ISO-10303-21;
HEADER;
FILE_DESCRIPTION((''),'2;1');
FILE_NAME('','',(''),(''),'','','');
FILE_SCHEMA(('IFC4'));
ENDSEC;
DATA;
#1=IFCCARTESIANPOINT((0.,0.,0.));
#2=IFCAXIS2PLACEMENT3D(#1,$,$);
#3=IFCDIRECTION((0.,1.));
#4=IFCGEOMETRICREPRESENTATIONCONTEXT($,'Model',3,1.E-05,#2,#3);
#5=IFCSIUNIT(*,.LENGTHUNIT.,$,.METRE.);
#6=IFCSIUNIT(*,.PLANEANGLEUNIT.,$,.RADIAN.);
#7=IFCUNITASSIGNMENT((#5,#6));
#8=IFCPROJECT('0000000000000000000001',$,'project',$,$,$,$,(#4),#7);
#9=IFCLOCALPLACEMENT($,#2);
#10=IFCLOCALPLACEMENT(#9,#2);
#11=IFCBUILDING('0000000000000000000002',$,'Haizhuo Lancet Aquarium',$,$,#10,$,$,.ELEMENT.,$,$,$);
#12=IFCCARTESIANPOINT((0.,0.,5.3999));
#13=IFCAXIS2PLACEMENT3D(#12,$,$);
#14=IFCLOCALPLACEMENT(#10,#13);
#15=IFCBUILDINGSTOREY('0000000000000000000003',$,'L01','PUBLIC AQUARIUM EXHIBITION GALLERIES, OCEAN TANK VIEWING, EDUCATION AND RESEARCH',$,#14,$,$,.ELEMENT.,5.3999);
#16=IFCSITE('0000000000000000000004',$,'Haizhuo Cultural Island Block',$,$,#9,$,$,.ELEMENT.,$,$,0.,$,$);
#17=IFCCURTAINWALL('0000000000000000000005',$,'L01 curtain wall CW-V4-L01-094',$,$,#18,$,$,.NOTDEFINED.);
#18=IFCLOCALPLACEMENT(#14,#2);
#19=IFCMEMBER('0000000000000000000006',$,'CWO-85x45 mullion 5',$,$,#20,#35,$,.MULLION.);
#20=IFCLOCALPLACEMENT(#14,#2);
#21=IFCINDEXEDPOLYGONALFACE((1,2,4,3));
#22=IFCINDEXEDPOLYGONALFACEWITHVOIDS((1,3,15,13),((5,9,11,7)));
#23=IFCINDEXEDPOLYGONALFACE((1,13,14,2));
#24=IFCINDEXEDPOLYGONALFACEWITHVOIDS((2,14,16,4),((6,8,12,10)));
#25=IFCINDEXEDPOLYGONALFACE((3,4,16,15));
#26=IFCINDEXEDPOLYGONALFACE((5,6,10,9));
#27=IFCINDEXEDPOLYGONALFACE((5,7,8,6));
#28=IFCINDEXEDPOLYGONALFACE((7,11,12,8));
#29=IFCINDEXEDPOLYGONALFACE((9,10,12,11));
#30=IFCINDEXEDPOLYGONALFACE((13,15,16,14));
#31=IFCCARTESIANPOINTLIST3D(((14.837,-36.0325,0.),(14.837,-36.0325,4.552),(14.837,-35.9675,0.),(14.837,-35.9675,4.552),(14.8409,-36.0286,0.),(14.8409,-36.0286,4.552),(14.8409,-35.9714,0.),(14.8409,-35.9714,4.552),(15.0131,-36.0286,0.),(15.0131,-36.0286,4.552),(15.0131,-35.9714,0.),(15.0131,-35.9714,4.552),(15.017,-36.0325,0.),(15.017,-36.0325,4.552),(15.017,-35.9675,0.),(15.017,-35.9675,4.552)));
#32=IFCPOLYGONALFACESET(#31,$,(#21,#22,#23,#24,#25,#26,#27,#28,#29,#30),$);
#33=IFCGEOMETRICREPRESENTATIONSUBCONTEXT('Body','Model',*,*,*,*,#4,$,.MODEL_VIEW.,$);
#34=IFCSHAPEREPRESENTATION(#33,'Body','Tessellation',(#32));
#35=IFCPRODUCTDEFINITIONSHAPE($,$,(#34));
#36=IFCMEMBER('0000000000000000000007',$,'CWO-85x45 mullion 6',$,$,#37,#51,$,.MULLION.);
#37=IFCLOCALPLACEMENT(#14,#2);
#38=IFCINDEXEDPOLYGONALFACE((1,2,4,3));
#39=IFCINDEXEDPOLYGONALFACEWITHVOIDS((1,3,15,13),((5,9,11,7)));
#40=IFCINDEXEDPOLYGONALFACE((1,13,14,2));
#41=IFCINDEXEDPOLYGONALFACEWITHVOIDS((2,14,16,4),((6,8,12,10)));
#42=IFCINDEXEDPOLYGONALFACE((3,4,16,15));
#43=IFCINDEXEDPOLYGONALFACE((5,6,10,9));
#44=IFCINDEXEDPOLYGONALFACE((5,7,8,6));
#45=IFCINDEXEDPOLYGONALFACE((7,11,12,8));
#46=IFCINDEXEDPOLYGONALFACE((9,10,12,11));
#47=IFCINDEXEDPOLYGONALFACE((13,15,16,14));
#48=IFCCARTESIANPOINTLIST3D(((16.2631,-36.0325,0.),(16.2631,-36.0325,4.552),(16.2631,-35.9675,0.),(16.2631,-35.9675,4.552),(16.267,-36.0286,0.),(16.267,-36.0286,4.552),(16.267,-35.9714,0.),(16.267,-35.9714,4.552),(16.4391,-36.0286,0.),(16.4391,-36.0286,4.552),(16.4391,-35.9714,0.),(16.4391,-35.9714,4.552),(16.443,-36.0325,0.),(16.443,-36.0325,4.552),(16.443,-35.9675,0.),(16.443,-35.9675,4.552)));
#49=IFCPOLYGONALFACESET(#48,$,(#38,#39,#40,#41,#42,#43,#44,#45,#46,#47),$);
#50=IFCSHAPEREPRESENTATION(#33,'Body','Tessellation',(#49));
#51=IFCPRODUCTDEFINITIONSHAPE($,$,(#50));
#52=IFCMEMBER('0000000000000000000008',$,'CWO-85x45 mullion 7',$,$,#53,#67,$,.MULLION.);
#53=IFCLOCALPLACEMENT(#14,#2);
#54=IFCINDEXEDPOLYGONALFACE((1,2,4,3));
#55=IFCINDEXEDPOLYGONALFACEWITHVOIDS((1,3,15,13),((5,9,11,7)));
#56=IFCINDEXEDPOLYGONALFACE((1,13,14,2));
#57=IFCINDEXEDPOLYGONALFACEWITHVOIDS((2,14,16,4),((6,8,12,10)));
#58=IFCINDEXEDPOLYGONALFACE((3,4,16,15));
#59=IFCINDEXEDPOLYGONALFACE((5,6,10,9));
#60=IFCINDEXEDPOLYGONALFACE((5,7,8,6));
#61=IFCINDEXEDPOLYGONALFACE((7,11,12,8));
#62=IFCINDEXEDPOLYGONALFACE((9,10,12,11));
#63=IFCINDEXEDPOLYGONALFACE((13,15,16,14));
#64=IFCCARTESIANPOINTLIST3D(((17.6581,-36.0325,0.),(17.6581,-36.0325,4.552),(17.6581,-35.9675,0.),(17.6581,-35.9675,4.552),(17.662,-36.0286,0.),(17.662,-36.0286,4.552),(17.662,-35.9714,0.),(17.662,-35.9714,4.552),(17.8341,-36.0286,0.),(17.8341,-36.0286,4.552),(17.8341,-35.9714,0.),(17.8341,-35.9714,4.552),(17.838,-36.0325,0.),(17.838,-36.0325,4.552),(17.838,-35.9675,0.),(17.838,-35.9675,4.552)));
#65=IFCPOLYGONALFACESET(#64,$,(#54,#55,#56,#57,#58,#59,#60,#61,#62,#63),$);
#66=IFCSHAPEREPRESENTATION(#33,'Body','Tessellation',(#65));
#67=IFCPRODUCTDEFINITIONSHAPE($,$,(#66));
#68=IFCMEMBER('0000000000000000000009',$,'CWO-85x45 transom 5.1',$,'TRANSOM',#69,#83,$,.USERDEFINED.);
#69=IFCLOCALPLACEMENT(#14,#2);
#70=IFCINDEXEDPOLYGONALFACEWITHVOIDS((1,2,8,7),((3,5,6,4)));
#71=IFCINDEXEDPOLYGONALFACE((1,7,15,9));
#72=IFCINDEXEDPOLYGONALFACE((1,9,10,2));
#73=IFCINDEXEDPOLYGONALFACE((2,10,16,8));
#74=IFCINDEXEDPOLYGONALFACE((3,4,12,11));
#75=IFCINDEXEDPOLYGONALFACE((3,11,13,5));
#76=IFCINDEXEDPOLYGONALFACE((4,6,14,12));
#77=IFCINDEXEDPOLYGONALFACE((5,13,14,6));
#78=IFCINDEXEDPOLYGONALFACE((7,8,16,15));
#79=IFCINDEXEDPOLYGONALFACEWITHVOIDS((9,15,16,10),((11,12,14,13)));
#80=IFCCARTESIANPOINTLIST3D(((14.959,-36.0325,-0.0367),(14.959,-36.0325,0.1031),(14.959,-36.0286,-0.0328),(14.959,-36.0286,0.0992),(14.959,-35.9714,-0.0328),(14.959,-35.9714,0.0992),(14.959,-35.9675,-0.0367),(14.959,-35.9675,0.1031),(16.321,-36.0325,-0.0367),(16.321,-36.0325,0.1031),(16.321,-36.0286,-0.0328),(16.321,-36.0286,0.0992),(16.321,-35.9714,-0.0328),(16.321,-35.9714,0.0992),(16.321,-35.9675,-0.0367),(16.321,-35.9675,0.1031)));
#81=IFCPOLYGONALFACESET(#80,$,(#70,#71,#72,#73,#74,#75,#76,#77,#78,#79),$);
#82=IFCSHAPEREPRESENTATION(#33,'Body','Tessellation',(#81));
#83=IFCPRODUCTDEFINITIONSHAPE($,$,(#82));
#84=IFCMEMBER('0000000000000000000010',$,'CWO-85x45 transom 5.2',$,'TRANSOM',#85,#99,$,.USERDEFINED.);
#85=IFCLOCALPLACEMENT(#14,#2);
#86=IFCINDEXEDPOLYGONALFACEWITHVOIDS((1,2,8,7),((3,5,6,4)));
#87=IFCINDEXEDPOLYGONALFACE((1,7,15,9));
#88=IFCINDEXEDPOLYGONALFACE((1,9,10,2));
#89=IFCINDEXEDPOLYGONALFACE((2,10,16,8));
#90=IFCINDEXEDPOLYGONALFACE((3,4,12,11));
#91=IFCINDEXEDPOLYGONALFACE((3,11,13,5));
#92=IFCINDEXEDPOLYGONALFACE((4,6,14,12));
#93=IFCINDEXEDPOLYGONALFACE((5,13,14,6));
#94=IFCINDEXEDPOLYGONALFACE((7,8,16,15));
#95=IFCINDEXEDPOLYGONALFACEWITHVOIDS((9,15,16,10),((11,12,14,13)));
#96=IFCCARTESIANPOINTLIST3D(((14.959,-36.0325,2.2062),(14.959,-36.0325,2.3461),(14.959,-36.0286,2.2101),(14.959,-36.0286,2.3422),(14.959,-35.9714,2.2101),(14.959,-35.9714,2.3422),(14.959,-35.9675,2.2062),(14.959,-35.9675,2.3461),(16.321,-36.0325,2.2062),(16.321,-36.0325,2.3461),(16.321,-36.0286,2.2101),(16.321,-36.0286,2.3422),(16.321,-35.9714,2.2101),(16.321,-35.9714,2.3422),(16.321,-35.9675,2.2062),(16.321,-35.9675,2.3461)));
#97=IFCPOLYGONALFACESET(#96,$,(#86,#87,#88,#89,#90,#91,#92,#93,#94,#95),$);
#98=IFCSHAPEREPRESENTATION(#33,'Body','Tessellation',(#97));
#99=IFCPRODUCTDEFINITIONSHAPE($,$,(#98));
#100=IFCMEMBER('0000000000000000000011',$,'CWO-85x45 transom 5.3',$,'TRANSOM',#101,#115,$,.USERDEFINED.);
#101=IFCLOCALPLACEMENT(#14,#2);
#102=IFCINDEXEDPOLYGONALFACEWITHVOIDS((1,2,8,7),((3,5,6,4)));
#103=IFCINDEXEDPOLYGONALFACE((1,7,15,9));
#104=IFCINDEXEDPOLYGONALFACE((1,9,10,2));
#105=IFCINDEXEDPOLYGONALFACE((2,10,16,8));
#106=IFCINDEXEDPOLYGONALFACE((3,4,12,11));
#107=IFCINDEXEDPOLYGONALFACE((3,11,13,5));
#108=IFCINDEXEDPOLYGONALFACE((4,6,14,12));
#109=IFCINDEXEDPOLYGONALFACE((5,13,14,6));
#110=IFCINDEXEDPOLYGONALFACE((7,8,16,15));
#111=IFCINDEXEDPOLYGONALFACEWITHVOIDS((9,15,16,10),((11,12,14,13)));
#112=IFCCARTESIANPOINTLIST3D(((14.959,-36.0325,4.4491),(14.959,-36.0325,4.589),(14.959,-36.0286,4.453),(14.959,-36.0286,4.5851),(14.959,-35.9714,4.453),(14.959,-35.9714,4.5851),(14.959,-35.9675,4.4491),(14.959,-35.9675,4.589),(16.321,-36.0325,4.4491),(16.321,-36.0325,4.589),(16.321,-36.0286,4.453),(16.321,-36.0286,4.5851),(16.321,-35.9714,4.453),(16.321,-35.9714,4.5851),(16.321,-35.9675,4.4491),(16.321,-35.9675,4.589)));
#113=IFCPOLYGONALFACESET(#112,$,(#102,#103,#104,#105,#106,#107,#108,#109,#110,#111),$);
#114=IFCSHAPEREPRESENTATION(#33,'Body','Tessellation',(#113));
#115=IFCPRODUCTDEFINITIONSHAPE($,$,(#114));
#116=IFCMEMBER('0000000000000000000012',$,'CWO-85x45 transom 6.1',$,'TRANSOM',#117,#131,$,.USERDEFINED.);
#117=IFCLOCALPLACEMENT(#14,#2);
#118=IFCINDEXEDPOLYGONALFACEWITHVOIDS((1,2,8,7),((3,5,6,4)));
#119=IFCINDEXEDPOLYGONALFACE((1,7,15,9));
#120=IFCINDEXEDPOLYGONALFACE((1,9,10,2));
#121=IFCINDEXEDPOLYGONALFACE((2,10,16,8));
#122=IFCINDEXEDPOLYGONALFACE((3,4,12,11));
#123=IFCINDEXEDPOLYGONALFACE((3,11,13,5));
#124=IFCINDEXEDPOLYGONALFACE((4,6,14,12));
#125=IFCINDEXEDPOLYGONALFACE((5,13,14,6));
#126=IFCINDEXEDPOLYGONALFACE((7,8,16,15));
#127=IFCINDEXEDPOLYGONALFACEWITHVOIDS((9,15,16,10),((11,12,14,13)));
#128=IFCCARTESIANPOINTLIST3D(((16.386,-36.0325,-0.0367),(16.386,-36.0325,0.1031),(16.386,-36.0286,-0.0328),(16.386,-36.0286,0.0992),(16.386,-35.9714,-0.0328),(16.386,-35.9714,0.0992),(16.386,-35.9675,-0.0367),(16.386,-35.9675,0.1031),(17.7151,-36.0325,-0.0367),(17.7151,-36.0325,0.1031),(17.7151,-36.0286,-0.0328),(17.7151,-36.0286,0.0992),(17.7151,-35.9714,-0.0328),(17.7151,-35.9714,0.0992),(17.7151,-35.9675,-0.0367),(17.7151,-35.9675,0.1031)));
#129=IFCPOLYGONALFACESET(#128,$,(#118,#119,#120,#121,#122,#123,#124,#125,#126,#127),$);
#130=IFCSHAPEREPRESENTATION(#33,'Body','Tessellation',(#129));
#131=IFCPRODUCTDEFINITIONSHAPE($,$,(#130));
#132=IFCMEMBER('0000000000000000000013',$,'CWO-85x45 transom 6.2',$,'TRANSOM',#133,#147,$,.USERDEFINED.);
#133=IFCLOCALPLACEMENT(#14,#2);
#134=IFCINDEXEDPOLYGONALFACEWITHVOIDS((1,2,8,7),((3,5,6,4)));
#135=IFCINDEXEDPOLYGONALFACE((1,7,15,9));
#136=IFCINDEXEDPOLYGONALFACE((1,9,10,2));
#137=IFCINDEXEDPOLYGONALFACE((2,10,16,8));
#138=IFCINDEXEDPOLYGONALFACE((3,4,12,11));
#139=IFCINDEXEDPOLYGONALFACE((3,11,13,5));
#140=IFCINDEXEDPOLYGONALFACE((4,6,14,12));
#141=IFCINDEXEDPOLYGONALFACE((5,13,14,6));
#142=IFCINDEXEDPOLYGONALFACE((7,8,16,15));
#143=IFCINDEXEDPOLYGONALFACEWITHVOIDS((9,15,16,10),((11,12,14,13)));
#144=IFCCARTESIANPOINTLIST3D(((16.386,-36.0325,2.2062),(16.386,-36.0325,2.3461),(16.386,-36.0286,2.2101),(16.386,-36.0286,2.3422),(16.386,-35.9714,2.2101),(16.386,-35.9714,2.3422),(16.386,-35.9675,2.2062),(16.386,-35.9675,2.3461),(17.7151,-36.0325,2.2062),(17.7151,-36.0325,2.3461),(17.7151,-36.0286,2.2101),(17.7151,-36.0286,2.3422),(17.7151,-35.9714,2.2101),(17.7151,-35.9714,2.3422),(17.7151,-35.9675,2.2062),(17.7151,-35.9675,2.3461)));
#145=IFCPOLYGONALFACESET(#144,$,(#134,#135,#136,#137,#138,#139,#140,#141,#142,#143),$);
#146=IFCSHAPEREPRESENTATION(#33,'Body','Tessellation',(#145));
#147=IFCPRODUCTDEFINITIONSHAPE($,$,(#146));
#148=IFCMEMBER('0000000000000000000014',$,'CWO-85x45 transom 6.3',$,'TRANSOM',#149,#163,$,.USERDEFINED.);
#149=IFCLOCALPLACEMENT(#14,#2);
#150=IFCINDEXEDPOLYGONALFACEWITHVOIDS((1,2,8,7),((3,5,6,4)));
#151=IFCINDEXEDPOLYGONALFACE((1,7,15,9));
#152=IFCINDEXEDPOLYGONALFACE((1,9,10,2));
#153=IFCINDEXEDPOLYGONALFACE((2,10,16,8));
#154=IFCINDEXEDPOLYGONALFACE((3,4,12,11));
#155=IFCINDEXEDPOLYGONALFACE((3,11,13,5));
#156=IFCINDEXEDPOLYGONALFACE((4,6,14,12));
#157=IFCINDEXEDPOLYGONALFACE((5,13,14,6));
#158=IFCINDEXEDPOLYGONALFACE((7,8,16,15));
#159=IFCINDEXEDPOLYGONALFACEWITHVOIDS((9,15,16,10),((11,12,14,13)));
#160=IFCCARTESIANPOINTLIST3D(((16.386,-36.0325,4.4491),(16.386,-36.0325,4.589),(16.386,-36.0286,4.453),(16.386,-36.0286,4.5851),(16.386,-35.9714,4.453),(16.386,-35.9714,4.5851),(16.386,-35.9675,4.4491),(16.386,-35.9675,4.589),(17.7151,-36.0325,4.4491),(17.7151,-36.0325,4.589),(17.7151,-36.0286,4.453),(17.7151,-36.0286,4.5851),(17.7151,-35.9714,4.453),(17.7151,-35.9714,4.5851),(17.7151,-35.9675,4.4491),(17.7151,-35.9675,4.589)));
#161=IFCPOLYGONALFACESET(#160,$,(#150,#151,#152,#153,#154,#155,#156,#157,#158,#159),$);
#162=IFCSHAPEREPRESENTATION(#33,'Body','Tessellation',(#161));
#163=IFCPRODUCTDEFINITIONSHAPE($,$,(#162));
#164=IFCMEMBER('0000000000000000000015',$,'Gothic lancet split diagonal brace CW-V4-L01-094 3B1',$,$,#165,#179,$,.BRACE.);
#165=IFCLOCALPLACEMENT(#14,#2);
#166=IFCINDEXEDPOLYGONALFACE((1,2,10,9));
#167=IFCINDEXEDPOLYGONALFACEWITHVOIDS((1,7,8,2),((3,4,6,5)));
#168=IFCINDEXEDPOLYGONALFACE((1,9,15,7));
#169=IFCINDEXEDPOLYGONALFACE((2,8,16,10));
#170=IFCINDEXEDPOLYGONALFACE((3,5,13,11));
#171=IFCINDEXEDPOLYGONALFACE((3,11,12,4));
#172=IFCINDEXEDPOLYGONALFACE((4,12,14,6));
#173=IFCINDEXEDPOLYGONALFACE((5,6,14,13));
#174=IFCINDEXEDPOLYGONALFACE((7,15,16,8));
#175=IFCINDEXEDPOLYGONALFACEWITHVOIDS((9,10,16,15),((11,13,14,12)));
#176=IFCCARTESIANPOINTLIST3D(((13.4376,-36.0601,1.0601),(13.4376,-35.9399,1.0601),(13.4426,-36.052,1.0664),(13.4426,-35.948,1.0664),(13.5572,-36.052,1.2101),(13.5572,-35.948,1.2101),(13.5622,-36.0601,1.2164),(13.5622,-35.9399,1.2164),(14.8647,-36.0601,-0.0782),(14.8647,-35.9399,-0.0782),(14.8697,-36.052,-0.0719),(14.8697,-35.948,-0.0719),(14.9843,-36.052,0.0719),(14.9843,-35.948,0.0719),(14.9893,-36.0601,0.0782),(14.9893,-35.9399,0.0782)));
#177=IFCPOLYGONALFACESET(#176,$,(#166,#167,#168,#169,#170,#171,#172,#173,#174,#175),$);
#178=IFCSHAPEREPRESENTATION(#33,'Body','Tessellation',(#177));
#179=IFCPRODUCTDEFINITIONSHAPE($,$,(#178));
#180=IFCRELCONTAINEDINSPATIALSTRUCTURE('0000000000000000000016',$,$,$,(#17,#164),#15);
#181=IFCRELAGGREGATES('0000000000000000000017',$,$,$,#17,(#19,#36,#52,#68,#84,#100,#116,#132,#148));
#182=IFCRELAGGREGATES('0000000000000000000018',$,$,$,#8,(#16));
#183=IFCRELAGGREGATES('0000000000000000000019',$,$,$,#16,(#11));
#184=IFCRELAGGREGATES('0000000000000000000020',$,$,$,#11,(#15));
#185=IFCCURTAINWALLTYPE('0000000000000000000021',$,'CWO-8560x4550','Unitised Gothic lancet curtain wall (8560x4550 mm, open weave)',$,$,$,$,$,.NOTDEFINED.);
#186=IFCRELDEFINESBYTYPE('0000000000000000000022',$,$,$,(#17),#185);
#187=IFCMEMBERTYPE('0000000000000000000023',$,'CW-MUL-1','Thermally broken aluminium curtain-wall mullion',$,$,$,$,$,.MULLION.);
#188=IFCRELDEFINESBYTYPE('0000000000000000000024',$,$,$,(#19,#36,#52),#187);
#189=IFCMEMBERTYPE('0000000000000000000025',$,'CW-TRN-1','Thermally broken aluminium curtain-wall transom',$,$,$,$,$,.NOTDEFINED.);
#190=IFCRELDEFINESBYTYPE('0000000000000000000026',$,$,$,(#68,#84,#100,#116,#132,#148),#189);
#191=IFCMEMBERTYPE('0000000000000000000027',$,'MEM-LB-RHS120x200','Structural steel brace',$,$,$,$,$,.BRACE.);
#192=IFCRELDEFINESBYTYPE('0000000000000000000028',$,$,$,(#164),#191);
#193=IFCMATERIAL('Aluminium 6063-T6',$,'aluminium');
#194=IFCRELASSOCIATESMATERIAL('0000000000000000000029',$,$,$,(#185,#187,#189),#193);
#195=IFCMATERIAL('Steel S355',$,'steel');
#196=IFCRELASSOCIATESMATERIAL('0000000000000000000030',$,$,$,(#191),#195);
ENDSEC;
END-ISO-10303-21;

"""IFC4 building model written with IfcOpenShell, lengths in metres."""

from ifc_helpers import new_model, si_unit, direction, frame, origin, origin_2d, place, context, subcontext, project, spatial, hollow_rectangle, extrude, material, material_profile, profile_set, type_object, element, aggregate, save


model = new_model("IFC4")

# Units and contexts
model_context = context("Model", 3, precision=1e-05, world=origin(), true_north=direction((0.0, 1.0)))
body_context = subcontext(model_context, "Body", "Model", "MODEL_VIEW")
ifc_project = project(units=[si_unit("LENGTHUNIT", "METRE"), si_unit("PLANEANGLEUNIT", "RADIAN")], contexts=[model_context])

# Site, building, storey
site_placement = place(None, origin())
site = spatial("IfcSite", under=ifc_project, at=site_placement, Name="Haizhuo Cultural Island Block", CompositionType="ELEMENT", RefElevation=0.0)
building_placement = place(site_placement, origin())
building = spatial("IfcBuilding", under=site, at=building_placement, Name="Haizhuo Lancet Aquarium", CompositionType="ELEMENT")
storey_placement = place(building_placement, frame((0.0, 0.0, 5.3999)))
storey = spatial("IfcBuildingStorey", under=building, at=storey_placement, Name="L01", Description="PUBLIC AQUARIUM EXHIBITION GALLERIES, OCEAN TANK VIEWING, EDUCATION AND RESEARCH", CompositionType="ELEMENT", Elevation=5.3999)

# Curtain wall, members
ifc_material_1 = material(Name="Aluminium 6063-T6", Category="aluminium")
curtain_wall_type = type_object("IfcCurtainWallType", Name="CWO-8560x4550", Description="Unitised Gothic lancet curtain wall (8560x4550 mm, open weave)", PredefinedType="NOTDEFINED", material=ifc_material_1)
curtain_wall_placement = place(storey_placement, origin())
curtain_wall = element("IfcCurtainWall", 1, at=curtain_wall_placement, inside=storey, type_object=curtain_wall_type, Name="L01 curtain wall CW-V4-L01-094", PredefinedType="NOTDEFINED")
ifc_material_profile_1 = material_profile(ifc_material_1, hollow_rectangle(XDim=0.0649, YDim=0.1799, WallThickness=0.0039, at=origin_2d()), Name="ALU-M 65x180x4")
ifc_profile_set_1 = profile_set([ifc_material_profile_1], Name="Aluminium 6063-T6")
member_type_1 = type_object("IfcMemberType", Name="CW-MUL-1", Description="Thermally broken aluminium curtain-wall mullion", PredefinedType="MULLION", material=ifc_profile_set_1)
member_1_placement = place(storey_placement, frame((14.927, -36.0, 0.0), z_axis=(0.0, 0.0, 1.0), x_axis=(0.0, 1.0, 0.0)))
member_1 = element("IfcMember", 2, at=member_1_placement, type_object=member_type_1, Name="CWO-85x45 mullion 5", PredefinedType="MULLION", context=body_context, shape_type="SweptSolid", body=[
    extrude(hollow_rectangle(XDim=0.0649, YDim=0.1799, WallThickness=0.0039, at=origin_2d()), origin(), (0.0, 0.0, 1.0), 4.552),
])
member_2_placement = place(storey_placement, frame((16.353, -36.0, 0.0), z_axis=(0.0, 0.0, 1.0), x_axis=(0.0, 1.0, 0.0)))
member_2 = element("IfcMember", 3, at=member_2_placement, type_object=member_type_1, Name="CWO-85x45 mullion 6", PredefinedType="MULLION", context=body_context, shape_type="SweptSolid", body=[
    extrude(hollow_rectangle(XDim=0.0649, YDim=0.1799, WallThickness=0.0039, at=origin_2d()), origin(), (0.0, 0.0, 1.0), 4.552),
])
member_3_placement = place(storey_placement, frame((17.748, -36.0, 0.0), z_axis=(0.0, 0.0, 1.0), x_axis=(0.0, 1.0, 0.0)))
member_3 = element("IfcMember", 4, at=member_3_placement, type_object=member_type_1, Name="CWO-85x45 mullion 7", PredefinedType="MULLION", context=body_context, shape_type="SweptSolid", body=[
    extrude(hollow_rectangle(XDim=0.0649, YDim=0.1799, WallThickness=0.0039, at=origin_2d()), origin(), (0.0, 0.0, 1.0), 4.552),
])
ifc_material_profile_2 = material_profile(ifc_material_1, hollow_rectangle(XDim=0.0649, YDim=0.1399, WallThickness=0.0039, at=origin_2d()), Name="ALU-T 65x140x4")
ifc_profile_set_2 = profile_set([ifc_material_profile_2], Name="Aluminium 6063-T6")
member_type_2 = type_object("IfcMemberType", Name="CW-TRN-1", Description="Thermally broken aluminium curtain-wall transom", PredefinedType="NOTDEFINED", material=ifc_profile_set_2)
member_4_placement = place(storey_placement, frame((14.959, -36.0, 0.0332), z_axis=(1.0, 0.0, 0.0), x_axis=(0.0, 1.0, 0.0)))
member_4 = element("IfcMember", 5, at=member_4_placement, type_object=member_type_2, Name="CWO-85x45 transom 5.1", ObjectType="TRANSOM", PredefinedType="USERDEFINED", context=body_context, shape_type="SweptSolid", body=[
    extrude(hollow_rectangle(XDim=0.0649, YDim=0.1399, WallThickness=0.0039, at=origin_2d()), origin(), (0.0, 0.0, 1.0), 1.3621),
])
member_5_placement = place(storey_placement, frame((14.959, -36.0, 2.2761), z_axis=(1.0, 0.0, 0.0), x_axis=(0.0, 1.0, 0.0)))
member_5 = element("IfcMember", 6, at=member_5_placement, type_object=member_type_2, Name="CWO-85x45 transom 5.2", ObjectType="TRANSOM", PredefinedType="USERDEFINED", context=body_context, shape_type="SweptSolid", body=[
    extrude(hollow_rectangle(XDim=0.0649, YDim=0.1399, WallThickness=0.0039, at=origin_2d()), origin(), (0.0, 0.0, 1.0), 1.3621),
])
member_6_placement = place(storey_placement, frame((14.959, -36.0, 4.519), z_axis=(1.0, 0.0, 0.0), x_axis=(0.0, 1.0, 0.0)))
member_6 = element("IfcMember", 7, at=member_6_placement, type_object=member_type_2, Name="CWO-85x45 transom 5.3", ObjectType="TRANSOM", PredefinedType="USERDEFINED", context=body_context, shape_type="SweptSolid", body=[
    extrude(hollow_rectangle(XDim=0.0649, YDim=0.1399, WallThickness=0.0039, at=origin_2d()), origin(), (0.0, 0.0, 1.0), 1.3621),
])
member_7_placement = place(storey_placement, frame((16.386, -36.0, 0.0332), z_axis=(1.0, 0.0, 0.0), x_axis=(0.0, 1.0, 0.0)))
member_7 = element("IfcMember", 8, at=member_7_placement, type_object=member_type_2, Name="CWO-85x45 transom 6.1", ObjectType="TRANSOM", PredefinedType="USERDEFINED", context=body_context, shape_type="SweptSolid", body=[
    extrude(hollow_rectangle(XDim=0.0649, YDim=0.1399, WallThickness=0.0039, at=origin_2d()), origin(), (0.0, 0.0, 1.0), 1.3291),
])
member_8_placement = place(storey_placement, frame((16.386, -36.0, 2.2761), z_axis=(1.0, 0.0, 0.0), x_axis=(0.0, 1.0, 0.0)))
member_8 = element("IfcMember", 9, at=member_8_placement, type_object=member_type_2, Name="CWO-85x45 transom 6.2", ObjectType="TRANSOM", PredefinedType="USERDEFINED", context=body_context, shape_type="SweptSolid", body=[
    extrude(hollow_rectangle(XDim=0.0649, YDim=0.1399, WallThickness=0.0039, at=origin_2d()), origin(), (0.0, 0.0, 1.0), 1.3291),
])
member_9_placement = place(storey_placement, frame((16.386, -36.0, 4.519), z_axis=(1.0, 0.0, 0.0), x_axis=(0.0, 1.0, 0.0)))
member_9 = element("IfcMember", 10, at=member_9_placement, type_object=member_type_2, Name="CWO-85x45 transom 6.3", ObjectType="TRANSOM", PredefinedType="USERDEFINED", context=body_context, shape_type="SweptSolid", body=[
    extrude(hollow_rectangle(XDim=0.0649, YDim=0.1399, WallThickness=0.0039, at=origin_2d()), origin(), (0.0, 0.0, 1.0), 1.3291),
])

# Member
ifc_material_2 = material(Name="Steel S355", Category="steel")
ifc_material_profile_3 = material_profile(ifc_material_2, hollow_rectangle(XDim=0.1201, YDim=0.2, WallThickness=0.0081, at=origin_2d()), Name="RHS 120x200x8")
ifc_profile_set_3 = profile_set([ifc_material_profile_3], Name="Steel S355")
member_type_3 = type_object("IfcMemberType", Name="MEM-LB-RHS120x200", Description="Structural steel brace", PredefinedType="BRACE", material=ifc_profile_set_3)
member_10_placement = place(storey_placement, frame((14.927, -36.0, 0.0), z_axis=(-0.781781, 0.0, 0.623553), x_axis=(0.0, -1.0, 0.0)))
element("IfcMember", 11, at=member_10_placement, inside=storey, type_object=member_type_3, Name="Gothic lancet split diagonal brace CW-V4-L01-094 3B1", PredefinedType="BRACE", context=body_context, shape_type="SweptSolid", body=[
    extrude(hollow_rectangle(XDim=0.1201, YDim=0.2, WallThickness=0.0081, at=origin_2d()), origin(), (0.0, 0.0, 1.0), 1.8254),
])

aggregate(curtain_wall, [member_1, member_2, member_3, member_4, member_5, member_6, member_7, member_8, member_9])

save(model, "model.ifc")
